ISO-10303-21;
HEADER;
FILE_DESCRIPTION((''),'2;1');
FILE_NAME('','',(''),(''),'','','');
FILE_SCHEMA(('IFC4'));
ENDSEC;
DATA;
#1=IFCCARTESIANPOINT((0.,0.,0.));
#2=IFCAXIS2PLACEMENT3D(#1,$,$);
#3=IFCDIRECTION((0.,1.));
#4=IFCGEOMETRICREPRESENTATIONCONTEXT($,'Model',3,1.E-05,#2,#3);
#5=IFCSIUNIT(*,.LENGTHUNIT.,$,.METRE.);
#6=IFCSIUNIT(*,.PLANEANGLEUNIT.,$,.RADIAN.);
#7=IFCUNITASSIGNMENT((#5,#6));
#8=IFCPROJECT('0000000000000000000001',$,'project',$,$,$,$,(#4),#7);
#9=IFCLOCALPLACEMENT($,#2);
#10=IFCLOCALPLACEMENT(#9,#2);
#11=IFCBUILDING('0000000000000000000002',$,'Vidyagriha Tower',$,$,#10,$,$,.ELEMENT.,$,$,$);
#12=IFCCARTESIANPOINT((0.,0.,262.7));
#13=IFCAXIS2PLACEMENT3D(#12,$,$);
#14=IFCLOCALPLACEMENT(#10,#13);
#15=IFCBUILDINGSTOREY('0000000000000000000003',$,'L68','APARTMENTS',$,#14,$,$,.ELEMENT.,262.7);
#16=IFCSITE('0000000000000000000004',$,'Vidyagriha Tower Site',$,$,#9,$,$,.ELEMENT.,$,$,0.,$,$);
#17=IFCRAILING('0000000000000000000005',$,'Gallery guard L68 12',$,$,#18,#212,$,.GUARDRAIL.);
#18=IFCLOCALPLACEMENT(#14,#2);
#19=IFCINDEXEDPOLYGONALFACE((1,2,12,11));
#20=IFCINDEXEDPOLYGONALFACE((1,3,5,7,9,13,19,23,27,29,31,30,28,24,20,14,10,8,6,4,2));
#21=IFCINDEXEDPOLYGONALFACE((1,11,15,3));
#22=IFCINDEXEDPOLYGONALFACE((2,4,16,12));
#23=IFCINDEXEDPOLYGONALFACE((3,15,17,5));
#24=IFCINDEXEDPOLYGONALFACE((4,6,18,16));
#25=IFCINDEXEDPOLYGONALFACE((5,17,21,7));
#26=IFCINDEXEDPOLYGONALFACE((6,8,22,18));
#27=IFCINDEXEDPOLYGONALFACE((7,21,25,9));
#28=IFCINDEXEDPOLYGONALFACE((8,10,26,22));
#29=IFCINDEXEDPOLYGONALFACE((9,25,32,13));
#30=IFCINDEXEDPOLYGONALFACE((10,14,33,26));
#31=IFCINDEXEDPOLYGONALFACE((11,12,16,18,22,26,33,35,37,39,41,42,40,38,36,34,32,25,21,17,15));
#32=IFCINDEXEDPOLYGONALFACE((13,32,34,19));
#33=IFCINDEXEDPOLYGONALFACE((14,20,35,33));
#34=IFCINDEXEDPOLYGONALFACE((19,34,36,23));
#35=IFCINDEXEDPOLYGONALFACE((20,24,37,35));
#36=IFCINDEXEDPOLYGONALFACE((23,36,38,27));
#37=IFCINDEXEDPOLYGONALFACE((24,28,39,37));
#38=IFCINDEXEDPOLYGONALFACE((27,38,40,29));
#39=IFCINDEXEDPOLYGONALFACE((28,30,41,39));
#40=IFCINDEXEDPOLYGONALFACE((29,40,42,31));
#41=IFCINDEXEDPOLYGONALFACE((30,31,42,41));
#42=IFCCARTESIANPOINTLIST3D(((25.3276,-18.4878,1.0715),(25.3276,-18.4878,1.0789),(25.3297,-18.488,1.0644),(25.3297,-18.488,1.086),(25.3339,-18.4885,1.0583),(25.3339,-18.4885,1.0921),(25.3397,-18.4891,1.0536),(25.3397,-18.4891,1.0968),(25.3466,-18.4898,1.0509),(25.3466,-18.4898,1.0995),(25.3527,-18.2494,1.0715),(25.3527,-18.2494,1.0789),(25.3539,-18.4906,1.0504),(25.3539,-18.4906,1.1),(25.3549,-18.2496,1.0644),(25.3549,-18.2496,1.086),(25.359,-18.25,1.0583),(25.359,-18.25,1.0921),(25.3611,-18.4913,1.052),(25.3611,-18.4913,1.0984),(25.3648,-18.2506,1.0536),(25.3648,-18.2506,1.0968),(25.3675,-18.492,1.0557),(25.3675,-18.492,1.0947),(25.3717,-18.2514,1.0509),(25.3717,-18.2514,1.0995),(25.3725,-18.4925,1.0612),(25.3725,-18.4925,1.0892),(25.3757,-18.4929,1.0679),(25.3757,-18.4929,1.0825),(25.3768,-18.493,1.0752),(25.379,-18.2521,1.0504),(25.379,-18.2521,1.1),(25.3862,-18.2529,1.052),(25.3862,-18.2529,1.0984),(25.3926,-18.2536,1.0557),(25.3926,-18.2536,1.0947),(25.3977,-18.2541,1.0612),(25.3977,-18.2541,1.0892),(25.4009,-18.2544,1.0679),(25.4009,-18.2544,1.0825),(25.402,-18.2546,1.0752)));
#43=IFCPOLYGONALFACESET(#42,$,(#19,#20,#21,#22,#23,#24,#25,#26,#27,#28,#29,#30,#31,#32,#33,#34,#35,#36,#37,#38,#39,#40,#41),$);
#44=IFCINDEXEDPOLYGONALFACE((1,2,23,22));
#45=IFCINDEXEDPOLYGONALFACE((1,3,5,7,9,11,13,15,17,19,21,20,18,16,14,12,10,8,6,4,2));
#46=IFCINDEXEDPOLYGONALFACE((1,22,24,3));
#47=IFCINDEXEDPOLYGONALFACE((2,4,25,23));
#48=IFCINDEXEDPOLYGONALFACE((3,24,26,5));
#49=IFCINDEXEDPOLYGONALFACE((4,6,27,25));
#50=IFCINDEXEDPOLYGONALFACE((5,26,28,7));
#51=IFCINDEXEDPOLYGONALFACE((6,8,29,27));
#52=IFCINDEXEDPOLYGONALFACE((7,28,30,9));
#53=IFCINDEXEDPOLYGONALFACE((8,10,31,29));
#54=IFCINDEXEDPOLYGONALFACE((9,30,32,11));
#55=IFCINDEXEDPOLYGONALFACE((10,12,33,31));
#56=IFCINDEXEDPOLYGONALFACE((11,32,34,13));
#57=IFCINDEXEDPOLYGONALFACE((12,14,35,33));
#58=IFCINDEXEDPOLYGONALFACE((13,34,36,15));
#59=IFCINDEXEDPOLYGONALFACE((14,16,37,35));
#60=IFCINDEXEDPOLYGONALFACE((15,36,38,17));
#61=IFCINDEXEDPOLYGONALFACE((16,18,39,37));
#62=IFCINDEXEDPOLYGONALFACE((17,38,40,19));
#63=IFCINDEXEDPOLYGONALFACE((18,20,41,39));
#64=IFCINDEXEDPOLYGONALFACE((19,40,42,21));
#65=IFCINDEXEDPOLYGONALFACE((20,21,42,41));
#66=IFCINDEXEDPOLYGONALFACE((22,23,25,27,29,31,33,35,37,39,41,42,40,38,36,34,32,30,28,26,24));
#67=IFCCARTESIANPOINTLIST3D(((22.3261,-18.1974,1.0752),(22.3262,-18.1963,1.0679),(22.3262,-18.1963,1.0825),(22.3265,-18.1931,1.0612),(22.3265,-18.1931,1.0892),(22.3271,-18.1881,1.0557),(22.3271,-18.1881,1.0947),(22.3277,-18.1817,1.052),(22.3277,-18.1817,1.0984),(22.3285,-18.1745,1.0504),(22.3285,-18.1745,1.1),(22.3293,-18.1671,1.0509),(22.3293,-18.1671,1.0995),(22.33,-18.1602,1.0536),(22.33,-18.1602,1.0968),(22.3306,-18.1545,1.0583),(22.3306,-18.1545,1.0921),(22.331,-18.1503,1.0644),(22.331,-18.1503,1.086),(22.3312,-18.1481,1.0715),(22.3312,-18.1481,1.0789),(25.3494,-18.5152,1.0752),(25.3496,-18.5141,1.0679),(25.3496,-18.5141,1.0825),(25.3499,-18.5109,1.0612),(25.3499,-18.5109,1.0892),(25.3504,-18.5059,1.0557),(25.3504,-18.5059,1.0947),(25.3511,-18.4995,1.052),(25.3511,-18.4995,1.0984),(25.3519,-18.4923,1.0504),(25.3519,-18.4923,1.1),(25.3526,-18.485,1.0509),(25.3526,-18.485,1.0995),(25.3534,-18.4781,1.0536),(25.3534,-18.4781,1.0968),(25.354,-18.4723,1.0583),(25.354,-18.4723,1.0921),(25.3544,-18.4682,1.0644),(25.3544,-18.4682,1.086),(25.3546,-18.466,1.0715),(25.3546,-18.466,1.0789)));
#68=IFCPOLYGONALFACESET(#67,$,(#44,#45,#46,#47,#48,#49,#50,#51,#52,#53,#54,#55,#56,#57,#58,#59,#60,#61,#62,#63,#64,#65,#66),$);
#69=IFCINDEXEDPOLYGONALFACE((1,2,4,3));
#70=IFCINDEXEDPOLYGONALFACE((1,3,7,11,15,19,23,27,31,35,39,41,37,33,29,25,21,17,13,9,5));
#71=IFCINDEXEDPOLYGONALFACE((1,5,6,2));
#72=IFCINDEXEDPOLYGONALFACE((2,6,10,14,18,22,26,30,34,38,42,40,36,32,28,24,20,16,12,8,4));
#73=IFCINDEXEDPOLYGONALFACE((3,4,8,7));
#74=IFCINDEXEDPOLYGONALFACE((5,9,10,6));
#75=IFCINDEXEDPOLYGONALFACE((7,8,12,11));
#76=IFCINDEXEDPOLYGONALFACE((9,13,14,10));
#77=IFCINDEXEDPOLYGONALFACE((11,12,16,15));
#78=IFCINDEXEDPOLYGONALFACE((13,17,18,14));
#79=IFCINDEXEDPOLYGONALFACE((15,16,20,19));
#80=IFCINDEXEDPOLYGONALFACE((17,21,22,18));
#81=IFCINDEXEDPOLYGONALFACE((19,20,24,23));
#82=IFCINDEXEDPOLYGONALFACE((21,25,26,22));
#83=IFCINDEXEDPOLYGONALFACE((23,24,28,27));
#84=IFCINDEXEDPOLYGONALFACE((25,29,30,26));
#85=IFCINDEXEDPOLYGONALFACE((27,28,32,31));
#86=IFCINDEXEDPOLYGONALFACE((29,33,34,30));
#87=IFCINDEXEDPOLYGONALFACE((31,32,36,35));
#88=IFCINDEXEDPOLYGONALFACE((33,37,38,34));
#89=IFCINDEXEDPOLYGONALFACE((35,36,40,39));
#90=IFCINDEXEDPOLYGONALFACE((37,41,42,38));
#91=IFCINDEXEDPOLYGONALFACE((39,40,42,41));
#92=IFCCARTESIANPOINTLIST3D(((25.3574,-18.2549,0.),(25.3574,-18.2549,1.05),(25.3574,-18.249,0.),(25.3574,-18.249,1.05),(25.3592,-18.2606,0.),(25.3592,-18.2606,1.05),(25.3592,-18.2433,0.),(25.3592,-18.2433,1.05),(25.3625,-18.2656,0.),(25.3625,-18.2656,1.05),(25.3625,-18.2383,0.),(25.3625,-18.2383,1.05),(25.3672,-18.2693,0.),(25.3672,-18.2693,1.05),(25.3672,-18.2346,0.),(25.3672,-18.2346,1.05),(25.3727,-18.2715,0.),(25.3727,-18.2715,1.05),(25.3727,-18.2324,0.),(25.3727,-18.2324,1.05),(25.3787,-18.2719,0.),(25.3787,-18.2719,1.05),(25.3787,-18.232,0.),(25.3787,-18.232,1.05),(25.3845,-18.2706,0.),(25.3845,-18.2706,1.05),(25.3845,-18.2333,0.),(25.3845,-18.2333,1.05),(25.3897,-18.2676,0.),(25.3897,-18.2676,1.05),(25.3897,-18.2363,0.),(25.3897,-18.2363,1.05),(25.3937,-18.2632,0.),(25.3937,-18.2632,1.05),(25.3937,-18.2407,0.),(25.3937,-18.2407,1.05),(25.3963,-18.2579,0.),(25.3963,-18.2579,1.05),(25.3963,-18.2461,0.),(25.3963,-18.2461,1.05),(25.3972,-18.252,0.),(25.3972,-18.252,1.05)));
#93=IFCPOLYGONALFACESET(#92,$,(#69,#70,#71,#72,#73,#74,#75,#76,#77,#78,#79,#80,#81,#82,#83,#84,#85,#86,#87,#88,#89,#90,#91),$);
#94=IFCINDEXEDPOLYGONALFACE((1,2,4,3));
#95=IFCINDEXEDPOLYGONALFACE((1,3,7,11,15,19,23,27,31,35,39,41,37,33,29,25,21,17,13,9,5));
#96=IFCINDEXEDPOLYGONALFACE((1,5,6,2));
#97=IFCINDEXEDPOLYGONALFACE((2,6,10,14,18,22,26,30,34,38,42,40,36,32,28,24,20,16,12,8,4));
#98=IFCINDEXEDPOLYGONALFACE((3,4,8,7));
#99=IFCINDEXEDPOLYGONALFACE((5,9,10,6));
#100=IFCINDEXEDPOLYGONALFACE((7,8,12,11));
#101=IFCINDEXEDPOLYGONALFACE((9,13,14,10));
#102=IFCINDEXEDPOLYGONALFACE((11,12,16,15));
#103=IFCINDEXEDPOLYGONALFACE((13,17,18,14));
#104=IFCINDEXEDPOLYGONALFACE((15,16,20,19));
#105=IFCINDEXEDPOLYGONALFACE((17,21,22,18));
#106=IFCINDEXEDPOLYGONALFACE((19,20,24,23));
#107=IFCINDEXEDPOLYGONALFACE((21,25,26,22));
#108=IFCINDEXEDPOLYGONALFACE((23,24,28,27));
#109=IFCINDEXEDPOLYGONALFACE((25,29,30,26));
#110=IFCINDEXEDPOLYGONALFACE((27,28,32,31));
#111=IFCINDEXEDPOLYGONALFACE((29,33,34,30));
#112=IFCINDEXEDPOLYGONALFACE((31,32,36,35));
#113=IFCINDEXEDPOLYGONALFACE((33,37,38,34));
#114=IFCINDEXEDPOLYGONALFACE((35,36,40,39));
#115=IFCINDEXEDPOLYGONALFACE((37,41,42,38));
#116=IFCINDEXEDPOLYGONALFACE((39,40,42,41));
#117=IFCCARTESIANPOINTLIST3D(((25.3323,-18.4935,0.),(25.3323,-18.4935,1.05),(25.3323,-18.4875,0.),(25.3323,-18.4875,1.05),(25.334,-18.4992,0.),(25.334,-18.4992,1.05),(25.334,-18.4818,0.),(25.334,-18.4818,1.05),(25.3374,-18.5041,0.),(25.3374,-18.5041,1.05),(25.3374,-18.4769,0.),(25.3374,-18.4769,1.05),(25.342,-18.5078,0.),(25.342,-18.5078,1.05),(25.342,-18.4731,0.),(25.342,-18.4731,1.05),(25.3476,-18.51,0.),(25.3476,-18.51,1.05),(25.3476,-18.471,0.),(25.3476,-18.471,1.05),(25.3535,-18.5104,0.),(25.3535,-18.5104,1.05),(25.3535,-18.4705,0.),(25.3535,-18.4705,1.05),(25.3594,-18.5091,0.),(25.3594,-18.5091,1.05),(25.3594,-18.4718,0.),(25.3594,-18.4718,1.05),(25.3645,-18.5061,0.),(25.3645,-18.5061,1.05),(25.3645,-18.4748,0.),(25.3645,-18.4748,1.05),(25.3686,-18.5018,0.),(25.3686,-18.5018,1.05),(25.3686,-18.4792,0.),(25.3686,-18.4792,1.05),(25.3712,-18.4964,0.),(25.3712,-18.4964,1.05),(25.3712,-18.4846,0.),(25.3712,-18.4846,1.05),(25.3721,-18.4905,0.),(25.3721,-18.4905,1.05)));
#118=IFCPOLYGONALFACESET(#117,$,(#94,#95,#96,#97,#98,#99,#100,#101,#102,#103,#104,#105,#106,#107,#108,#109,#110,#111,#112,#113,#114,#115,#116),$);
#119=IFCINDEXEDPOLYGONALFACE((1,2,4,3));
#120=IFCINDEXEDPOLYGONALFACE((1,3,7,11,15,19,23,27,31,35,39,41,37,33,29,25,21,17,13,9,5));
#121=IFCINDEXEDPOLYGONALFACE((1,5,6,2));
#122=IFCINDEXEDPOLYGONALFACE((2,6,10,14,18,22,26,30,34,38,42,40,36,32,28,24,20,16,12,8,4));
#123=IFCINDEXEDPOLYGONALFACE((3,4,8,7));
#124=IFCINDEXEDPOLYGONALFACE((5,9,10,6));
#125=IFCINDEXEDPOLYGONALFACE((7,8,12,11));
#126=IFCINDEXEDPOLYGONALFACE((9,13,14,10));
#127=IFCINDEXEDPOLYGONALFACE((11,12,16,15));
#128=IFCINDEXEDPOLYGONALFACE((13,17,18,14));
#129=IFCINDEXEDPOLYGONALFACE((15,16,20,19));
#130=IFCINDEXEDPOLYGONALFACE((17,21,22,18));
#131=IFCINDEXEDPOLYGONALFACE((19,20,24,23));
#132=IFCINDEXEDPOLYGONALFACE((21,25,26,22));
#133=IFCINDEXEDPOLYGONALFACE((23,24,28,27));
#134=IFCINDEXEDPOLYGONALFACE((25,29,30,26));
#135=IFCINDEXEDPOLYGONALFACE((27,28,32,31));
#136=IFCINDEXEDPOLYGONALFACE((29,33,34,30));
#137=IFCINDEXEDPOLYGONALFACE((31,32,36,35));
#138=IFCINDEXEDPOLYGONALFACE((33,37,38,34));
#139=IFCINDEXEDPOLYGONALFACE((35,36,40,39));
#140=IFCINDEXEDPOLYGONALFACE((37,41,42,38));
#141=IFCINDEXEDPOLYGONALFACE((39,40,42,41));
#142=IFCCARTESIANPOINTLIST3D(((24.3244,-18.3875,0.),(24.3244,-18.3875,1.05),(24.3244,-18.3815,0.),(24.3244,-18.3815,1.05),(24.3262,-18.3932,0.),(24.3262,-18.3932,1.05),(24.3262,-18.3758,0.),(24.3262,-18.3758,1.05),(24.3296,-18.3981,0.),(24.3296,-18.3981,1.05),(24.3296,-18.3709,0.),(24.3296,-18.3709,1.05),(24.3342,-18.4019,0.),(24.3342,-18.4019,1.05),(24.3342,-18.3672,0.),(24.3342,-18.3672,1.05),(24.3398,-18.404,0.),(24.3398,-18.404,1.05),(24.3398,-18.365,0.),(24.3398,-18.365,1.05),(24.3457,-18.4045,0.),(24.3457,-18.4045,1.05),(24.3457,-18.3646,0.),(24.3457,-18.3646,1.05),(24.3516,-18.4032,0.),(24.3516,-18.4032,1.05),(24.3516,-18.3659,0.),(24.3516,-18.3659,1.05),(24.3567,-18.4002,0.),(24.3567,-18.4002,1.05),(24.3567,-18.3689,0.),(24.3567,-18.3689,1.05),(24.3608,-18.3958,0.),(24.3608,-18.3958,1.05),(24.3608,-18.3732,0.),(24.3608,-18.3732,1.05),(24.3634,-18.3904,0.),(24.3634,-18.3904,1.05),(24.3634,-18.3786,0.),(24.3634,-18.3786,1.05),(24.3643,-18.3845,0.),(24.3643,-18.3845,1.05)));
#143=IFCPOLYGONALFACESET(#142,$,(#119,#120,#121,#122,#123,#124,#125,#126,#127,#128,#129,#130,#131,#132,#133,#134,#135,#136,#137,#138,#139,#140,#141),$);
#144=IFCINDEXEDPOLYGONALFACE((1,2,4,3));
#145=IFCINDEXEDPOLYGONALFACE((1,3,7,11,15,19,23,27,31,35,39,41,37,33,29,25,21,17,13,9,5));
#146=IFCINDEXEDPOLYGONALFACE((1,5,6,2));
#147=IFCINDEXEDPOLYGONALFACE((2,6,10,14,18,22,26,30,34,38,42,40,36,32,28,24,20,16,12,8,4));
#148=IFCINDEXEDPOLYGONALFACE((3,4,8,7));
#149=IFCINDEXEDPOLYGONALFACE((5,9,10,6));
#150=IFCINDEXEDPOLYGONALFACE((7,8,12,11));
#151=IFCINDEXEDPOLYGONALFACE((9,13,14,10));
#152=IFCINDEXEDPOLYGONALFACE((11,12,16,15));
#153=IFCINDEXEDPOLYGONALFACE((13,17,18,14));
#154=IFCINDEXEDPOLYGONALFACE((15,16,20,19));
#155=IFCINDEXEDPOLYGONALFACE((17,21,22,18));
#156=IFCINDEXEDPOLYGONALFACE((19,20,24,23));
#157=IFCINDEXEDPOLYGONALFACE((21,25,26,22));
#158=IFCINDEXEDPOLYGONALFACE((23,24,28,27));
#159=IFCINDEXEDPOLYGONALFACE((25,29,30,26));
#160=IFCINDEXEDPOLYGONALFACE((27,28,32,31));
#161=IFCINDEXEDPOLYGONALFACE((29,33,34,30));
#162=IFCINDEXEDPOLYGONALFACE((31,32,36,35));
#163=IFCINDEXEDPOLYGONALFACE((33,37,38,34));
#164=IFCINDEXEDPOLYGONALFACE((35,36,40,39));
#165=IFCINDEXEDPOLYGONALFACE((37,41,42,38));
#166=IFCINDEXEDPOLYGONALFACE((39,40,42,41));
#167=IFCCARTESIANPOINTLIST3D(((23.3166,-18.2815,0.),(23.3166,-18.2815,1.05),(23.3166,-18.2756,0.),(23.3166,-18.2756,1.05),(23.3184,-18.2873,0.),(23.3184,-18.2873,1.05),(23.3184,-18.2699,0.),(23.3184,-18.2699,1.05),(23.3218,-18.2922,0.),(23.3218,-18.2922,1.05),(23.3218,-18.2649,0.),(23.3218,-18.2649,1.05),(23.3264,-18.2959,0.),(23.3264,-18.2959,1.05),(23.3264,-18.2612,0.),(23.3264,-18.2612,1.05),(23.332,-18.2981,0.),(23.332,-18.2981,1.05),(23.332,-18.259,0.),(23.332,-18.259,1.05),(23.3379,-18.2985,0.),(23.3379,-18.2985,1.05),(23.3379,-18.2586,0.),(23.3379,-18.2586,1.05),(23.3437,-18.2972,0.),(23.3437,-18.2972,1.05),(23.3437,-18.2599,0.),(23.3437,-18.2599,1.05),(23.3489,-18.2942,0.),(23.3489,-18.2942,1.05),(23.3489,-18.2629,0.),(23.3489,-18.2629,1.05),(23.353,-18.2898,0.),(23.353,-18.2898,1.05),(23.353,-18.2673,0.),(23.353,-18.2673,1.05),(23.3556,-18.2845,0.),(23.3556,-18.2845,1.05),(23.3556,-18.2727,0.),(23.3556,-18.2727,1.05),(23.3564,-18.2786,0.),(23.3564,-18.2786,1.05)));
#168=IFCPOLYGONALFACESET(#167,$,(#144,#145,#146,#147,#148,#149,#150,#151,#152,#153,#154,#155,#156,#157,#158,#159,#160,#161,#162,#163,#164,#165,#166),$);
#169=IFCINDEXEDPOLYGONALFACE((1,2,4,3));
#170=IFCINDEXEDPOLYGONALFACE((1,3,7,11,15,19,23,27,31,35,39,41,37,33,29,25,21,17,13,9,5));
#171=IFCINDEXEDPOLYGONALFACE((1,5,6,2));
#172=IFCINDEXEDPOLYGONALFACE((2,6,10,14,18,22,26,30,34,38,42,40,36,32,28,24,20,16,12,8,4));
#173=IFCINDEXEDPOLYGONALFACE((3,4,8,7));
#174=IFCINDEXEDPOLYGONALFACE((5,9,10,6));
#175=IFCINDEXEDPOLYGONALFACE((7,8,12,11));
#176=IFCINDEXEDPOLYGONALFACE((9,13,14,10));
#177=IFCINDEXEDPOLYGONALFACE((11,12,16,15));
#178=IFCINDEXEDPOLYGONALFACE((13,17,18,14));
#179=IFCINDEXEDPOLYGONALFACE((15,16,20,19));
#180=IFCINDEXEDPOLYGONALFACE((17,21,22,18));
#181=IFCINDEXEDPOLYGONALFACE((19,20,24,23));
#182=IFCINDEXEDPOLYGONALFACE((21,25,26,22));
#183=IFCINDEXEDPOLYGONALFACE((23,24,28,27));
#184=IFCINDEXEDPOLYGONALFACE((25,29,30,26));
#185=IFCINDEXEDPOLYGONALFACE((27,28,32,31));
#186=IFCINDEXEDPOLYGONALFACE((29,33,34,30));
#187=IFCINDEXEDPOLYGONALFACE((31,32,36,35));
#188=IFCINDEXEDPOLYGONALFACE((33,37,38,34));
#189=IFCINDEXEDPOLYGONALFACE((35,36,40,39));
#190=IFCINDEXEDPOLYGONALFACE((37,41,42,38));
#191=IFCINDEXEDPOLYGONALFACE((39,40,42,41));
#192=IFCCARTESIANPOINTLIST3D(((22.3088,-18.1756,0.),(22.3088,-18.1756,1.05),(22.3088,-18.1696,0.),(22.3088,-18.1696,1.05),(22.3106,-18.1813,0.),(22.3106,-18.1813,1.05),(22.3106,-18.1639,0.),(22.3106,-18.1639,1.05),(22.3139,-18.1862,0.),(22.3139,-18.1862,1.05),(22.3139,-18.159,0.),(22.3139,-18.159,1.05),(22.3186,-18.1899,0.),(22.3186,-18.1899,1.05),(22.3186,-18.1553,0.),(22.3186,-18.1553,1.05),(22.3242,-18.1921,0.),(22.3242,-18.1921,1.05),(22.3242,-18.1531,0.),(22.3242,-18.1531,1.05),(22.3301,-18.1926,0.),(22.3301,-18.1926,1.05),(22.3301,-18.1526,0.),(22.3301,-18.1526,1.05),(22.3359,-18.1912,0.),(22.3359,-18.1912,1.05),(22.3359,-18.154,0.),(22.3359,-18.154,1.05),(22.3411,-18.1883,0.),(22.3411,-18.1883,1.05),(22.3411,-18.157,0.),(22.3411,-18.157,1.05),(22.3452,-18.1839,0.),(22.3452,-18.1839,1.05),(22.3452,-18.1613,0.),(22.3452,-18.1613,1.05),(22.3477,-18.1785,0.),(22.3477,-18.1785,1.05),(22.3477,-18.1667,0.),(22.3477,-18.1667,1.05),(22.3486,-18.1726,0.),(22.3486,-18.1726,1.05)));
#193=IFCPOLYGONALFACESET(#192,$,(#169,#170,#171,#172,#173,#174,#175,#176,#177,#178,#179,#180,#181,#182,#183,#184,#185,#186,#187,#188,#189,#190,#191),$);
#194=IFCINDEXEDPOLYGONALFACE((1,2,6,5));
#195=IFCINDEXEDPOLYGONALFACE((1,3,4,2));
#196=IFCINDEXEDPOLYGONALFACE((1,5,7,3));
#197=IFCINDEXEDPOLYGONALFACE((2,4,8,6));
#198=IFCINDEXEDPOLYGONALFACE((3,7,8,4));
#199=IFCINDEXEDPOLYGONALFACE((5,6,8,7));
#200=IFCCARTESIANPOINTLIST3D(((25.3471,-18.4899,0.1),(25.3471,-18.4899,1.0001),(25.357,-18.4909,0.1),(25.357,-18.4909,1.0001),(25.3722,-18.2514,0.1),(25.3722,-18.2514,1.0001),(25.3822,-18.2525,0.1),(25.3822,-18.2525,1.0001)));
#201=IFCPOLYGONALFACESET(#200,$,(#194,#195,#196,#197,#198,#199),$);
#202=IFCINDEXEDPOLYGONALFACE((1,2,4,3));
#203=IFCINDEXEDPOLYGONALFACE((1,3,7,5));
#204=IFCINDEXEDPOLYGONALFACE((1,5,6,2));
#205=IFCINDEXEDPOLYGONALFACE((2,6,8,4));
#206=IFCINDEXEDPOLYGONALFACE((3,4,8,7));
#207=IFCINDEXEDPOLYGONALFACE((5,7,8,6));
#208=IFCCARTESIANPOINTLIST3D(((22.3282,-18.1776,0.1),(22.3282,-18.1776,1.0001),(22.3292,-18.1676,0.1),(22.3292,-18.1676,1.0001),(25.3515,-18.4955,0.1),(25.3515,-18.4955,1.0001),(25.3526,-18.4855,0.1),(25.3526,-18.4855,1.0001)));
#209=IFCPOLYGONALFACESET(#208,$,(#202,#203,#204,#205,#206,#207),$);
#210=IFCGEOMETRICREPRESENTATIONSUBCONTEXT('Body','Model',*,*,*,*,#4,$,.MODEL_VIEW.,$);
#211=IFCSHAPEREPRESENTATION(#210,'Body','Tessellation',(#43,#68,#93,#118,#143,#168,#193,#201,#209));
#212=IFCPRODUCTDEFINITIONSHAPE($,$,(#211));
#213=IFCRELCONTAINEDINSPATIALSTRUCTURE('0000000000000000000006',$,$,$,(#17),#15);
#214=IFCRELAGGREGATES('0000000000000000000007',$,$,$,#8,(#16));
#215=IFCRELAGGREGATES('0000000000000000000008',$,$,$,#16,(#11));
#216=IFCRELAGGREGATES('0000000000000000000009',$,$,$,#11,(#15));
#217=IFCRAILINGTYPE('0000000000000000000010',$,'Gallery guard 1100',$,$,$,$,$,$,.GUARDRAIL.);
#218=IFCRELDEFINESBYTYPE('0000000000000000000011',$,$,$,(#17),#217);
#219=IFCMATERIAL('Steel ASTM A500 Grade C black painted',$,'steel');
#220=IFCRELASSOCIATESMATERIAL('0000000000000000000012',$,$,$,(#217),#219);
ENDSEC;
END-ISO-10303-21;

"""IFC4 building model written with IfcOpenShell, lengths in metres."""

from ifc_helpers import new_model, si_unit, direction, frame, origin, origin_2d, place, context, subcontext, project, spatial, rectangle, circle, extrude, material, type_object, element, save


model = new_model("IFC4")

# Units and contexts
model_context = context("Model", 3, precision=1e-05, world=origin(), true_north=direction((0.0, 1.0)))
body_context = subcontext(model_context, "Body", "Model", "MODEL_VIEW")
ifc_project = project(units=[si_unit("LENGTHUNIT", "METRE"), si_unit("PLANEANGLEUNIT", "RADIAN")], contexts=[model_context])

# Site, building, storey
site_placement = place(None, origin())
site = spatial("IfcSite", under=ifc_project, at=site_placement, Name="Vidyagriha Tower Site", CompositionType="ELEMENT", RefElevation=0.0)
building_placement = place(site_placement, origin())
building = spatial("IfcBuilding", under=site, at=building_placement, Name="Vidyagriha Tower", CompositionType="ELEMENT")
storey_placement = place(building_placement, frame((0.0, 0.0, 262.7)))
storey = spatial("IfcBuildingStorey", under=building, at=storey_placement, Name="L68", Description="APARTMENTS", CompositionType="ELEMENT", Elevation=262.7)

# Railing
ifc_material_1 = material(Name="Steel ASTM A500 Grade C black painted", Category="steel")
railing_type_1 = type_object("IfcRailingType", Name="Gallery guard 1100", PredefinedType="GUARDRAIL", material=ifc_material_1)
railing_1_placement = place(storey_placement, frame((25.3772, -18.252, 0.0)))
element("IfcRailing", 1, at=railing_1_placement, inside=storey, type_object=railing_type_1, Name="Gallery guard L68 12", PredefinedType="GUARDRAIL", context=body_context, shape_type="SweptSolid", body=[
    extrude(circle(Radius=0.0249, at=origin_2d()), frame((0.0, 0.0, 1.0752), z_axis=(-0.104844, -0.994489, 0.0), x_axis=(0.994489, -0.104844, 0.0)), (0.0, 0.0, 1.0), 0.2397),
    extrude(circle(Radius=0.0249, at=origin_2d()), frame((-0.0251, -0.2385, 1.0752), z_axis=(-0.994519, 0.104559, 0.0), x_axis=(-0.104559, -0.994519, 0.0)), (0.0, 0.0, 1.0), 3.04),
    extrude(circle(Radius=0.02, at=origin_2d()), origin(), (0.0, 0.0, 1.0), 1.05),
    extrude(circle(Radius=0.02, at=origin_2d()), frame((-0.0251, -0.2385, 0.0)), (0.0, 0.0, 1.0), 1.05),
    extrude(circle(Radius=0.02, at=origin_2d()), frame((-1.033, -0.1326, 0.0)), (0.0, 0.0, 1.0), 1.05),
    extrude(circle(Radius=0.02, at=origin_2d()), frame((-2.0408, -0.0266, 0.0)), (0.0, 0.0, 1.0), 1.05),
    extrude(circle(Radius=0.02, at=origin_2d()), frame((-3.0486, 0.0793, 0.0)), (0.0, 0.0, 1.0), 1.05),
    extrude(rectangle(XDim=0.01, YDim=0.9001, at=origin_2d()), frame((0.0, 0.0, 0.55), z_axis=(-0.104844, -0.994489, 0.0), x_axis=(0.994489, -0.104844, 0.0)), (0.0, 0.0, 1.0), 0.2397),
    extrude(rectangle(XDim=0.01, YDim=0.9001, at=origin_2d()), frame((-0.0251, -0.2385, 0.55), z_axis=(-0.994519, 0.104559, 0.0), x_axis=(-0.104559, -0.994519, 0.0)), (0.0, 0.0, 1.0), 3.04),
])

save(model, "model.ifc")
